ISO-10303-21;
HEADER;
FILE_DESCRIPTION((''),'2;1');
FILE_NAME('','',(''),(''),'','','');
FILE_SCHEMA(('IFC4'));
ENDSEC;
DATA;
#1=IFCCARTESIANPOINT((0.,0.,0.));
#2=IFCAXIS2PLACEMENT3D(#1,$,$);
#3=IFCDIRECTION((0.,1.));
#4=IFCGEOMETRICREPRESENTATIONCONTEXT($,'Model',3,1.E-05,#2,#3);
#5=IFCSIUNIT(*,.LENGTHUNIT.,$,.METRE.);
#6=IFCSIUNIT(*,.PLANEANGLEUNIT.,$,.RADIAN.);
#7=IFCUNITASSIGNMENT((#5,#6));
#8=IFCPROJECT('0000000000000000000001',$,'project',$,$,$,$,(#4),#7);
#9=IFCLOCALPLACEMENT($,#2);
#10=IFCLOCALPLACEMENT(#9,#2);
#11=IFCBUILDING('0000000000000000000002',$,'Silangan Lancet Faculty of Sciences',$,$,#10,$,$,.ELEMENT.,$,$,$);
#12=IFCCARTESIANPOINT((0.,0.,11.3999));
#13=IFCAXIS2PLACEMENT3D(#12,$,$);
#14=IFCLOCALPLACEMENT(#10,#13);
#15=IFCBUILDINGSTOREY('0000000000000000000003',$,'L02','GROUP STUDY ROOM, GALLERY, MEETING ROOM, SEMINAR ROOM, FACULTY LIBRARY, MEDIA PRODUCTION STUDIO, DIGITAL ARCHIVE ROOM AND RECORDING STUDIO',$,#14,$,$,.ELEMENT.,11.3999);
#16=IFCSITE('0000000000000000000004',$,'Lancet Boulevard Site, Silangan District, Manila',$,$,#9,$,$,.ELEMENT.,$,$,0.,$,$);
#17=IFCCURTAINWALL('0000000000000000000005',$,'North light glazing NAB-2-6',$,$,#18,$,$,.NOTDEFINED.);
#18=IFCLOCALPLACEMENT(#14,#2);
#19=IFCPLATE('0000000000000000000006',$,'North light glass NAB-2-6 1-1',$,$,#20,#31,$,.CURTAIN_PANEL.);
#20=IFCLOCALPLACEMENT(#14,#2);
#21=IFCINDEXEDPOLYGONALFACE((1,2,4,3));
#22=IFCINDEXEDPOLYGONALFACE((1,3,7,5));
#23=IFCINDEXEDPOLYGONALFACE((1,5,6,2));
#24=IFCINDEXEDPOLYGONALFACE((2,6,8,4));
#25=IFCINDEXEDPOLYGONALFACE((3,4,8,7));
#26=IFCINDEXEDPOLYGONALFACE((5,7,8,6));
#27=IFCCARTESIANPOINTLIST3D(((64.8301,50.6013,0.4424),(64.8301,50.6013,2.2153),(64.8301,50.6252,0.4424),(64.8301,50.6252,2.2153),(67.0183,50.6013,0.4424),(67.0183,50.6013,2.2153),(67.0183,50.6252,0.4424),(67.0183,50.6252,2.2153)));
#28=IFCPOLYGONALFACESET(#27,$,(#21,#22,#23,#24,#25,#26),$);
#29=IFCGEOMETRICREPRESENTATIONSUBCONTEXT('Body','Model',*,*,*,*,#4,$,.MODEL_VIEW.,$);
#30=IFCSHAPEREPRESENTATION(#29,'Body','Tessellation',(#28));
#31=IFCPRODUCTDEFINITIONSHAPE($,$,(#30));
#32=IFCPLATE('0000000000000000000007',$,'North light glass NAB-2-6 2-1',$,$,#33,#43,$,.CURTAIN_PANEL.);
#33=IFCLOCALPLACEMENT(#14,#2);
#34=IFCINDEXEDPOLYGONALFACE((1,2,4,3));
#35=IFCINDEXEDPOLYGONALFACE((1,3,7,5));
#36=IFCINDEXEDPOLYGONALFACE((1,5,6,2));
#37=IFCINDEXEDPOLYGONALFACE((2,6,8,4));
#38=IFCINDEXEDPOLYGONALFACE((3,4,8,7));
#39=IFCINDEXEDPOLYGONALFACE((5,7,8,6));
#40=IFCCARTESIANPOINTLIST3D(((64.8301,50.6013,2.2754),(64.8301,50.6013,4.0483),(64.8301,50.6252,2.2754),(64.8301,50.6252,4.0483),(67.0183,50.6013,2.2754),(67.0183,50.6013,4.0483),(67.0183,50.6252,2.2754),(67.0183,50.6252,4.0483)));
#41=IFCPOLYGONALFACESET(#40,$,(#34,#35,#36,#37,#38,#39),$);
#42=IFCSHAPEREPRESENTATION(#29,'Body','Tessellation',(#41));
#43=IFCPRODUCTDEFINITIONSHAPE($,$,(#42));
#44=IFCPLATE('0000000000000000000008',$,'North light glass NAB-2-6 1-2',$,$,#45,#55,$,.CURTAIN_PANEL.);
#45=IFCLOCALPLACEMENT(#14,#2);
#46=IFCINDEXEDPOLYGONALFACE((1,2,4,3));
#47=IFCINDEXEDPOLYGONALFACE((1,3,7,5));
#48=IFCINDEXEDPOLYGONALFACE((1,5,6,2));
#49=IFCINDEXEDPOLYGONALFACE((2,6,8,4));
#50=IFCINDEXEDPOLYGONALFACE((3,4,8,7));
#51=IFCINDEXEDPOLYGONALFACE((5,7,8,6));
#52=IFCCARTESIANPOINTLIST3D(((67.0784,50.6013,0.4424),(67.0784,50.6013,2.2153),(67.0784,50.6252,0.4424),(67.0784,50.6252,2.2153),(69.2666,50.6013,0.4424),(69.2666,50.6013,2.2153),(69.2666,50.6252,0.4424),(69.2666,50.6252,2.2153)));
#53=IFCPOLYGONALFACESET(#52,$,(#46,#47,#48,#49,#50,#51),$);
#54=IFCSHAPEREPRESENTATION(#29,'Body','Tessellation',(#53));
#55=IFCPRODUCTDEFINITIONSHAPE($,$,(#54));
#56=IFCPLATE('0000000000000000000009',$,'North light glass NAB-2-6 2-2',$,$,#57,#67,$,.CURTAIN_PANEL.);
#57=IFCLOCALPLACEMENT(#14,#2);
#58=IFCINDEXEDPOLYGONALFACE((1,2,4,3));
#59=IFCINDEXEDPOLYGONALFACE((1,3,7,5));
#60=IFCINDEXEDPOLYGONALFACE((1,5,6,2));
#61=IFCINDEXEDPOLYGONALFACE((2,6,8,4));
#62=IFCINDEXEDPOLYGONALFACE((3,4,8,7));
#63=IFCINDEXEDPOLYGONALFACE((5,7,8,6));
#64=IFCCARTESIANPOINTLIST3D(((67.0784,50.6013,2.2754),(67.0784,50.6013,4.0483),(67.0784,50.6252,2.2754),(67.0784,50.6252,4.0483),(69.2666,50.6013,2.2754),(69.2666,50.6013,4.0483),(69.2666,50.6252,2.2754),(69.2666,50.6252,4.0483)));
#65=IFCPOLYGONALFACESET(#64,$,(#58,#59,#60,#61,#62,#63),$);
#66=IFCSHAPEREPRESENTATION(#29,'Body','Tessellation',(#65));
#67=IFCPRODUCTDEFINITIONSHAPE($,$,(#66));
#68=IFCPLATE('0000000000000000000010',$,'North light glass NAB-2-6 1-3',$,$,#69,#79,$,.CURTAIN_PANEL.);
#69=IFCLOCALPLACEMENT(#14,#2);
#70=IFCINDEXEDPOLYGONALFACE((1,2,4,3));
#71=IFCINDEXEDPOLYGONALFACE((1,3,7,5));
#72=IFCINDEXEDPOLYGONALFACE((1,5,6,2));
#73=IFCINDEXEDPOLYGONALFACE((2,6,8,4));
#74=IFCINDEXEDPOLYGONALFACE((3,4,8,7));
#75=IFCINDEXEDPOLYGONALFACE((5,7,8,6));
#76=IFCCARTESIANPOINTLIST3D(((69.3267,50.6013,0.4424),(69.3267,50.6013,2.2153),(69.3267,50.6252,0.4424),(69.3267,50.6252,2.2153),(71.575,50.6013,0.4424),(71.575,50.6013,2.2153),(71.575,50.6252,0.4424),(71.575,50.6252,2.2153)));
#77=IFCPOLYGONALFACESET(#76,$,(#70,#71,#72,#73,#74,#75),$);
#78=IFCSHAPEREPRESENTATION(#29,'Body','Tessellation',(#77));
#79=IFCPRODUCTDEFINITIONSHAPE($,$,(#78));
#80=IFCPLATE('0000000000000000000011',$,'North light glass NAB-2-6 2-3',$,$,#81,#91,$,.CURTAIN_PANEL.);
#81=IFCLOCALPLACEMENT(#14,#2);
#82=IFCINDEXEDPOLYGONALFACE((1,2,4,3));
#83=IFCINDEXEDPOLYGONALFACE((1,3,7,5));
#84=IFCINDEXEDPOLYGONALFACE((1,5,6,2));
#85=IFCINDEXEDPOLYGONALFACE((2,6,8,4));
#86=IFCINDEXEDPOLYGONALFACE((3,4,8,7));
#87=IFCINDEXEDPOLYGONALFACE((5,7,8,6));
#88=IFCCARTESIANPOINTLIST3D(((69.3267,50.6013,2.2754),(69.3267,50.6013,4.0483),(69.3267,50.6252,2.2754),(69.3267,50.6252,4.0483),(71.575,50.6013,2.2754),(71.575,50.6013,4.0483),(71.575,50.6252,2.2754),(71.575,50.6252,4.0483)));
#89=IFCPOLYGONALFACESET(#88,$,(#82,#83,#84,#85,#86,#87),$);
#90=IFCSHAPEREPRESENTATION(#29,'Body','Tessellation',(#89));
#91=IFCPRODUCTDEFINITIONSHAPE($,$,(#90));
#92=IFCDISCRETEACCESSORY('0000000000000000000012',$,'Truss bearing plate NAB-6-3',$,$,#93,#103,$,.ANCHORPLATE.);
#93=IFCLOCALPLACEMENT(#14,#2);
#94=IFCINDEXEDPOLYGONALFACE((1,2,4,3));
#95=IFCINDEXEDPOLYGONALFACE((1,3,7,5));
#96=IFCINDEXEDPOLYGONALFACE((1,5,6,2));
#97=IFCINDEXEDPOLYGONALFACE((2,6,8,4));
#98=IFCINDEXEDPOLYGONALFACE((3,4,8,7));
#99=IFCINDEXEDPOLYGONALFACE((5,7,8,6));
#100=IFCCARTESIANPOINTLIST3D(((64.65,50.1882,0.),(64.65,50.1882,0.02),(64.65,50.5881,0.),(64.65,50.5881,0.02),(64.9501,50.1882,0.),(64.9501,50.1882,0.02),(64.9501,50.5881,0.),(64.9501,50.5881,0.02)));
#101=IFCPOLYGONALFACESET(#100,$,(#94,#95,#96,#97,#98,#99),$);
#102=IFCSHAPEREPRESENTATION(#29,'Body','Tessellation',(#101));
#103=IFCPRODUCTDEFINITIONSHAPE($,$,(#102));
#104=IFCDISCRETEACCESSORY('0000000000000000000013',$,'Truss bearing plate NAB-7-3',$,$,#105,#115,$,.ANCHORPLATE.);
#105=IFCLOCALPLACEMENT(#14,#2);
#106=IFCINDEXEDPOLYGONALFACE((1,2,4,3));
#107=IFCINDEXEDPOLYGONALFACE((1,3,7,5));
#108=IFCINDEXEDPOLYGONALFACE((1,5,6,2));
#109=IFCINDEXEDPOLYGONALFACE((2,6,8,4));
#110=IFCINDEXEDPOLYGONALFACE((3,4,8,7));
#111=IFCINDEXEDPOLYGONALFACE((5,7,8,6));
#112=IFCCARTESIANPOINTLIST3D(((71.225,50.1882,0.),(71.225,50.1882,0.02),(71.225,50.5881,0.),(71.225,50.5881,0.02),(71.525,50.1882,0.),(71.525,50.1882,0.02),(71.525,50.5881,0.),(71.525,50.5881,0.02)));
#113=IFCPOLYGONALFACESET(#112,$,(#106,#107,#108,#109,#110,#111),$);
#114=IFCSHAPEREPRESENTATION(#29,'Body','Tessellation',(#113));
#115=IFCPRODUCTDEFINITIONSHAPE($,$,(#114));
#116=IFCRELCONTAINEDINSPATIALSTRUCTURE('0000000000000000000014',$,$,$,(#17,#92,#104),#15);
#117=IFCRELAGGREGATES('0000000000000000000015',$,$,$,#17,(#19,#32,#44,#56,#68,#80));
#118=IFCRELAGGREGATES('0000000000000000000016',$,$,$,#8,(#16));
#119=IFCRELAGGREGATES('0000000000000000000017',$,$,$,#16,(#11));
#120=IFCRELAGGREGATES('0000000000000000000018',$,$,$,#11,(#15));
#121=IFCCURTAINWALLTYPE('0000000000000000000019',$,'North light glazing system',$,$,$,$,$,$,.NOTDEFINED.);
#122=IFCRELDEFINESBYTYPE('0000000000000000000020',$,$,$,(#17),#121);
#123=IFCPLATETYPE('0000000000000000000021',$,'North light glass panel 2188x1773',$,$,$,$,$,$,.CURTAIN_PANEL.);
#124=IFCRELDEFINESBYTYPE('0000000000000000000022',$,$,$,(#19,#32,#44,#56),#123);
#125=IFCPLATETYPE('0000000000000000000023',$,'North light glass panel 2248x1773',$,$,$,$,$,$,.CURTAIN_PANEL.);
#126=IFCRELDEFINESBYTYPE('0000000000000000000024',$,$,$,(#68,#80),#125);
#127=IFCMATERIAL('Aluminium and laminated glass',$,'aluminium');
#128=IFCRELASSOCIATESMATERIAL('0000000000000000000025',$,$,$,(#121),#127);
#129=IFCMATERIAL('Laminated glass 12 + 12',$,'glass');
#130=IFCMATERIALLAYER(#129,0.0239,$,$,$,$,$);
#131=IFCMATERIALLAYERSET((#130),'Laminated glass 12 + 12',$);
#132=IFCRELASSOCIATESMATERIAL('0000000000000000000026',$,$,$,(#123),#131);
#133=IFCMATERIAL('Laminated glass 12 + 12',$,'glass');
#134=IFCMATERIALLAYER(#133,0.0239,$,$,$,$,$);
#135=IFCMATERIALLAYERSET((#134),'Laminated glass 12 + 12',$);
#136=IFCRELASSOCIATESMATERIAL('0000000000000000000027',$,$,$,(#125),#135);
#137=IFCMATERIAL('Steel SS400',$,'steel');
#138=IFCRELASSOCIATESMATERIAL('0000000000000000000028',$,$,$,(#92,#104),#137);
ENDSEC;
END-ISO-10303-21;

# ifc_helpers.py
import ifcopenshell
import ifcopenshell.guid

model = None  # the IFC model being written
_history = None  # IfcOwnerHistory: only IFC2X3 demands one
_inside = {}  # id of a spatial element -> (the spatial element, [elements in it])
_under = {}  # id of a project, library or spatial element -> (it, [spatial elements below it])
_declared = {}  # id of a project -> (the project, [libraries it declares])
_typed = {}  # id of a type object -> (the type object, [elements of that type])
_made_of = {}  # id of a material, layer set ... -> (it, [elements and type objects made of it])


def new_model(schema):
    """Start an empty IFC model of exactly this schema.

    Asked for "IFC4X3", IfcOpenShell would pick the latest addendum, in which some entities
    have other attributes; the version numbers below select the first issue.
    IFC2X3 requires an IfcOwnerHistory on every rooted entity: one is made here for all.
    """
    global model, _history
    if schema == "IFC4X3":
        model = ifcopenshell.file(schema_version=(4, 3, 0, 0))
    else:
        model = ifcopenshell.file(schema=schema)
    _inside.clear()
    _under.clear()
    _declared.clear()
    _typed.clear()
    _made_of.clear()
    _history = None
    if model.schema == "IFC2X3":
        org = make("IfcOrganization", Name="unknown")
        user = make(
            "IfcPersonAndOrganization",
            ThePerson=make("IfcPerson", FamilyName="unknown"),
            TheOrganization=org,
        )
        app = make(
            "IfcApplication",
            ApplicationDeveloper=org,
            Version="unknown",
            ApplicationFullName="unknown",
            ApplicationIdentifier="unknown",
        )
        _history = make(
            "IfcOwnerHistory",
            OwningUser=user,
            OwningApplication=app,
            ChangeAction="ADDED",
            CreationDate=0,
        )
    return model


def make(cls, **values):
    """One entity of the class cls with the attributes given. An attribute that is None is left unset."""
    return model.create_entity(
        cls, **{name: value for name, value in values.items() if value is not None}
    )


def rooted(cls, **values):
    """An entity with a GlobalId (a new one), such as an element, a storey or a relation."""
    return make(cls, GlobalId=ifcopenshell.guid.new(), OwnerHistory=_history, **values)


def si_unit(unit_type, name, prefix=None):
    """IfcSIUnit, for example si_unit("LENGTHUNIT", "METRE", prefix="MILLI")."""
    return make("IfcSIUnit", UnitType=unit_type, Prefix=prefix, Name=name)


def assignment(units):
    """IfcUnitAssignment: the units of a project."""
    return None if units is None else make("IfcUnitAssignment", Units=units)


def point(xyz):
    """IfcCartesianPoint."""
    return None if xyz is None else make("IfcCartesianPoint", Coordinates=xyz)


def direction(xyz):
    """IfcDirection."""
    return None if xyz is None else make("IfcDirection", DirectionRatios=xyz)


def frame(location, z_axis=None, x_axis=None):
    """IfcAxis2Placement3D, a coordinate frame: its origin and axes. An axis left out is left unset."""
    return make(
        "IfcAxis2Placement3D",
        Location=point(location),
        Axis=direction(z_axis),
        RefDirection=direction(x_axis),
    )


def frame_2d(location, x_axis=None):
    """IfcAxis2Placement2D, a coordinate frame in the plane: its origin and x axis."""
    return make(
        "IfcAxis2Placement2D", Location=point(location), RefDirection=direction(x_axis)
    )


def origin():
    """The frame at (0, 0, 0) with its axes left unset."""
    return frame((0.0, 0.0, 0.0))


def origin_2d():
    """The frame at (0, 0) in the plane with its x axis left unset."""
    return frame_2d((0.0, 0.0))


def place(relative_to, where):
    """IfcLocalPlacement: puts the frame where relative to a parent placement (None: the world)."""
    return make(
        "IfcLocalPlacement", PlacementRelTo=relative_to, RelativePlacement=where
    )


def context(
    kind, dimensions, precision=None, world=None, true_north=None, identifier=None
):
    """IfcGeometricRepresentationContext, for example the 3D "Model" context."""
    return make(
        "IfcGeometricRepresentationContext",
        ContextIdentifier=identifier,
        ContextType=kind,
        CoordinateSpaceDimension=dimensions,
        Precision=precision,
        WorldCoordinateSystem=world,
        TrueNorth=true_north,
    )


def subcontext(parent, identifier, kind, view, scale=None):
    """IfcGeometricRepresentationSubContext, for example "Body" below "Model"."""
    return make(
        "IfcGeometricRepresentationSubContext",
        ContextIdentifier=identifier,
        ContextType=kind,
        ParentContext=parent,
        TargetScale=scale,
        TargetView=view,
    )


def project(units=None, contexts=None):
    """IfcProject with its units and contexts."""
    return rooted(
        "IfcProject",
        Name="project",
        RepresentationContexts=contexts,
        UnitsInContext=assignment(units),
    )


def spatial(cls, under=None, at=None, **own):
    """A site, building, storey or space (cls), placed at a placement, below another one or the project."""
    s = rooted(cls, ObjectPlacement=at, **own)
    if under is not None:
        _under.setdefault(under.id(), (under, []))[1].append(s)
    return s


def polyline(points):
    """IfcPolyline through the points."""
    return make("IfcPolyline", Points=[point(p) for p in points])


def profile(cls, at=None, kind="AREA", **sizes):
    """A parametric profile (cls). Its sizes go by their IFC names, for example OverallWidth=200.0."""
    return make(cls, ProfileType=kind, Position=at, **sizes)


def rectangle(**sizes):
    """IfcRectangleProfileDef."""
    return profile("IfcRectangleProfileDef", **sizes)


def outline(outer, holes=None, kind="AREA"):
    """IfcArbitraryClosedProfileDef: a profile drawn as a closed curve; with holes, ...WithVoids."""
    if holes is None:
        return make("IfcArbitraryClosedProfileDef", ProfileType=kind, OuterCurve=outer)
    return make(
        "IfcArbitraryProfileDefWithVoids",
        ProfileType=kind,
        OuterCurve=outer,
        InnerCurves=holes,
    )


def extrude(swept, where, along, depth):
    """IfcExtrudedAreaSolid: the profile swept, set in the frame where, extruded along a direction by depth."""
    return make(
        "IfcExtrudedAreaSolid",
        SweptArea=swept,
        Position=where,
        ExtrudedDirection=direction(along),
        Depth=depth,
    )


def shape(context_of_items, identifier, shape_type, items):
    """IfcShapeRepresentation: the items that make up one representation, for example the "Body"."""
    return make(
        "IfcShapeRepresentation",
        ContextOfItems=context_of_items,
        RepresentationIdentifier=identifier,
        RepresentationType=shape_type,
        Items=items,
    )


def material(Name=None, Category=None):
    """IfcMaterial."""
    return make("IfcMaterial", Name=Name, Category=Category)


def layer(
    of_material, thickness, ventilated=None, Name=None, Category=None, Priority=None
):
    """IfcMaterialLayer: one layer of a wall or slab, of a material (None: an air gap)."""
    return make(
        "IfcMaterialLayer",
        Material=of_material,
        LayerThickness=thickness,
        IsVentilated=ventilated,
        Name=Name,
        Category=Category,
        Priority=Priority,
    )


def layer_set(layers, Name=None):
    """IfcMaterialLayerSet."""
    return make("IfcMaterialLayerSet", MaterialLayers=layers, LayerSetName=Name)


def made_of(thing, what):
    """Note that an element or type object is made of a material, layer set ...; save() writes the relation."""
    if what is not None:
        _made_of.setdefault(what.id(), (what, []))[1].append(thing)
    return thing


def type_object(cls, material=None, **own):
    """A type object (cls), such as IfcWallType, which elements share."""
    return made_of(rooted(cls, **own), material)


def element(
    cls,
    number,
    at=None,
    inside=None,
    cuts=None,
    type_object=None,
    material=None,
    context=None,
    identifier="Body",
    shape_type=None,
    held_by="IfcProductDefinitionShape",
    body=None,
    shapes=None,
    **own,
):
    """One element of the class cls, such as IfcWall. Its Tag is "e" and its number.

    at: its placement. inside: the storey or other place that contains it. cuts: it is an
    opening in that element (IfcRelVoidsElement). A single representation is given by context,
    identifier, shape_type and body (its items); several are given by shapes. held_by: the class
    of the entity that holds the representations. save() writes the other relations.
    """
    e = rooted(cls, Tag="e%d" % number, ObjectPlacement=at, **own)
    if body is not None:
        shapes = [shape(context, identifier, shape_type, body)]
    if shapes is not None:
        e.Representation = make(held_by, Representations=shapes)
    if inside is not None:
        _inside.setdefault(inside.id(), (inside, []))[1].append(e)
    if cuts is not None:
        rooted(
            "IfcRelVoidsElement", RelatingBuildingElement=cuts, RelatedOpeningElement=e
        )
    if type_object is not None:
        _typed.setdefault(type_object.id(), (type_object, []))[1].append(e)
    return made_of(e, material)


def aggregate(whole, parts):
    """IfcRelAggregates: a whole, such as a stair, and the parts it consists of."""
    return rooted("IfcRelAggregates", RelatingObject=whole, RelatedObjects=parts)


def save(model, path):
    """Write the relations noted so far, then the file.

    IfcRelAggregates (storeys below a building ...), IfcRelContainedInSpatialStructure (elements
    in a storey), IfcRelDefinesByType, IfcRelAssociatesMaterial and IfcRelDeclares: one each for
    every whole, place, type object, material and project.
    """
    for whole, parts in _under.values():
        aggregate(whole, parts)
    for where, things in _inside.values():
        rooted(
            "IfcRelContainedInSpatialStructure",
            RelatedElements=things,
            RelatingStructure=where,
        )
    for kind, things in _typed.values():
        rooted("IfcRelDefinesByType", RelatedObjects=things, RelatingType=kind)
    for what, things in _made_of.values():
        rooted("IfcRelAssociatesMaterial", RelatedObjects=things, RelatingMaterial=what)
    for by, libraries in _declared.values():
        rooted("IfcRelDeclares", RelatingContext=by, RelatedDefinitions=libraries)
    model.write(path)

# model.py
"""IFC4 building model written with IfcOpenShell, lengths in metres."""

from ifc_helpers import new_model, si_unit, direction, frame, origin, origin_2d, place, context, subcontext, project, spatial, polyline, rectangle, outline, extrude, material, layer, layer_set, type_object, element, aggregate, save


model = new_model("IFC4")

# Units and contexts
model_context = context("Model", 3, precision=1e-05, world=origin(), true_north=direction((0.0, 1.0)))
body_context = subcontext(model_context, "Body", "Model", "MODEL_VIEW")
ifc_project = project(units=[si_unit("LENGTHUNIT", "METRE"), si_unit("PLANEANGLEUNIT", "RADIAN")], contexts=[model_context])

# Site, building, storey
site_placement = place(None, origin())
site = spatial("IfcSite", under=ifc_project, at=site_placement, Name="Lancet Boulevard Site, Silangan District, Manila", CompositionType="ELEMENT", RefElevation=0.0)
building_placement = place(site_placement, origin())
building = spatial("IfcBuilding", under=site, at=building_placement, Name="Silangan Lancet Faculty of Sciences", CompositionType="ELEMENT")
storey_placement = place(building_placement, frame((0.0, 0.0, 11.3999)))
storey = spatial("IfcBuildingStorey", under=building, at=storey_placement, Name="L02", Description="GROUP STUDY ROOM, GALLERY, MEETING ROOM, SEMINAR ROOM, FACULTY LIBRARY, MEDIA PRODUCTION STUDIO, DIGITAL ARCHIVE ROOM AND RECORDING STUDIO", CompositionType="ELEMENT", Elevation=11.3999)

# Curtain wall
ifc_material_1 = material(Name="Aluminium and laminated glass", Category="aluminium")
curtain_wall_type = type_object("IfcCurtainWallType", Name="North light glazing system", PredefinedType="NOTDEFINED", material=ifc_material_1)
curtain_wall_placement = place(storey_placement, origin())
curtain_wall = element("IfcCurtainWall", 1, at=curtain_wall_placement, inside=storey, type_object=curtain_wall_type, Name="North light glazing NAB-2-6", PredefinedType="NOTDEFINED")

# Plates
ifc_material_2 = material(Name="Laminated glass 12 + 12", Category="glass")
ifc_layer_1 = layer(ifc_material_2, 0.0239)
ifc_layer_set_1 = layer_set([ifc_layer_1], Name="Laminated glass 12 + 12")
plate_type_1 = type_object("IfcPlateType", Name="North light glass panel 2188x1773", PredefinedType="CURTAIN_PANEL", material=ifc_layer_set_1)
plate_1_placement = place(storey_placement, frame((64.8301, 50.6013, 0.4424), z_axis=(0.0, -1.0, 0.0), x_axis=(1.0, 0.0, 0.0)))
plate_1 = element("IfcPlate", 2, at=plate_1_placement, type_object=plate_type_1, Name="North light glass NAB-2-6 1-1", PredefinedType="CURTAIN_PANEL", context=body_context, shape_type="SweptSolid", body=[
    extrude(outline(polyline([(0.0, 0.0), (2.1882, 0.0), (2.1882, 1.7729), (0.0, 1.7729), (0.0, 0.0)])), origin(), (0.0, 0.0, -1.0), 0.0239),
])
plate_2_placement = place(storey_placement, frame((64.8301, 50.6013, 2.2754), z_axis=(0.0, -1.0, 0.0), x_axis=(1.0, 0.0, 0.0)))
plate_2 = element("IfcPlate", 3, at=plate_2_placement, type_object=plate_type_1, Name="North light glass NAB-2-6 2-1", PredefinedType="CURTAIN_PANEL", context=body_context, shape_type="SweptSolid", body=[
    extrude(outline(polyline([(0.0, 0.0), (2.1882, 0.0), (2.1882, 1.7729), (0.0, 1.7729), (0.0, 0.0)])), origin(), (0.0, 0.0, -1.0), 0.0239),
])
plate_3_placement = place(storey_placement, frame((67.0784, 50.6013, 0.4424), z_axis=(0.0, -1.0, 0.0), x_axis=(1.0, 0.0, 0.0)))
plate_3 = element("IfcPlate", 4, at=plate_3_placement, type_object=plate_type_1, Name="North light glass NAB-2-6 1-2", PredefinedType="CURTAIN_PANEL", context=body_context, shape_type="SweptSolid", body=[
    extrude(outline(polyline([(0.0, 0.0), (2.1882, 0.0), (2.1882, 1.7729), (0.0, 1.7729), (0.0, 0.0)])), origin(), (0.0, 0.0, -1.0), 0.0239),
])
plate_4_placement = place(storey_placement, frame((67.0784, 50.6013, 2.2754), z_axis=(0.0, -1.0, 0.0), x_axis=(1.0, 0.0, 0.0)))
plate_4 = element("IfcPlate", 5, at=plate_4_placement, type_object=plate_type_1, Name="North light glass NAB-2-6 2-2", PredefinedType="CURTAIN_PANEL", context=body_context, shape_type="SweptSolid", body=[
    extrude(outline(polyline([(0.0, 0.0), (2.1882, 0.0), (2.1882, 1.7729), (0.0, 1.7729), (0.0, 0.0)])), origin(), (0.0, 0.0, -1.0), 0.0239),
])
ifc_material_3 = material(Name="Laminated glass 12 + 12", Category="glass")
ifc_layer_2 = layer(ifc_material_3, 0.0239)
ifc_layer_set_2 = layer_set([ifc_layer_2], Name="Laminated glass 12 + 12")
plate_type_2 = type_object("IfcPlateType", Name="North light glass panel 2248x1773", PredefinedType="CURTAIN_PANEL", material=ifc_layer_set_2)
plate_5_placement = place(storey_placement, frame((69.3267, 50.6013, 0.4424), z_axis=(0.0, -1.0, 0.0), x_axis=(1.0, 0.0, 0.0)))
plate_5 = element("IfcPlate", 6, at=plate_5_placement, type_object=plate_type_2, Name="North light glass NAB-2-6 1-3", PredefinedType="CURTAIN_PANEL", context=body_context, shape_type="SweptSolid", body=[
    extrude(outline(polyline([(0.0, 0.0), (2.2483, 0.0), (2.2483, 1.7729), (0.0, 1.7729), (0.0, 0.0)])), origin(), (0.0, 0.0, -1.0), 0.0239),
])
plate_6_placement = place(storey_placement, frame((69.3267, 50.6013, 2.2754), z_axis=(0.0, -1.0, 0.0), x_axis=(1.0, 0.0, 0.0)))
plate_6 = element("IfcPlate", 7, at=plate_6_placement, type_object=plate_type_2, Name="North light glass NAB-2-6 2-3", PredefinedType="CURTAIN_PANEL", context=body_context, shape_type="SweptSolid", body=[
    extrude(outline(polyline([(0.0, 0.0), (2.2483, 0.0), (2.2483, 1.7729), (0.0, 1.7729), (0.0, 0.0)])), origin(), (0.0, 0.0, -1.0), 0.0239),
])
aggregate(curtain_wall, [plate_1, plate_2, plate_3, plate_4, plate_5, plate_6])

# Discrete accessories
ifc_material_4 = material(Name="Steel SS400", Category="steel")
for number, where, z_axis, x_axis, name in (
    (8, (64.8, 50.3882, 0.0), (0.0, 0.0, 1.0), (1.0, 0.0, 0.0), "Truss bearing plate NAB-6-3"),
    (9, (71.375, 50.3882, 0.0), (0.0, 0.0, 1.0), (1.0, 0.0, 0.0), "Truss bearing plate NAB-7-3"),
):
    element("IfcDiscreteAccessory", number, at=place(storey_placement, frame(where, z_axis=z_axis, x_axis=x_axis)), inside=storey, material=ifc_material_4, Name=name, PredefinedType="ANCHORPLATE", context=body_context, shape_type="SweptSolid", body=[
        extrude(rectangle(XDim=0.3, YDim=0.3999, at=origin_2d()), origin(), (0.0, 0.0, 1.0), 0.02),
    ])

save(model, "model.ifc")
